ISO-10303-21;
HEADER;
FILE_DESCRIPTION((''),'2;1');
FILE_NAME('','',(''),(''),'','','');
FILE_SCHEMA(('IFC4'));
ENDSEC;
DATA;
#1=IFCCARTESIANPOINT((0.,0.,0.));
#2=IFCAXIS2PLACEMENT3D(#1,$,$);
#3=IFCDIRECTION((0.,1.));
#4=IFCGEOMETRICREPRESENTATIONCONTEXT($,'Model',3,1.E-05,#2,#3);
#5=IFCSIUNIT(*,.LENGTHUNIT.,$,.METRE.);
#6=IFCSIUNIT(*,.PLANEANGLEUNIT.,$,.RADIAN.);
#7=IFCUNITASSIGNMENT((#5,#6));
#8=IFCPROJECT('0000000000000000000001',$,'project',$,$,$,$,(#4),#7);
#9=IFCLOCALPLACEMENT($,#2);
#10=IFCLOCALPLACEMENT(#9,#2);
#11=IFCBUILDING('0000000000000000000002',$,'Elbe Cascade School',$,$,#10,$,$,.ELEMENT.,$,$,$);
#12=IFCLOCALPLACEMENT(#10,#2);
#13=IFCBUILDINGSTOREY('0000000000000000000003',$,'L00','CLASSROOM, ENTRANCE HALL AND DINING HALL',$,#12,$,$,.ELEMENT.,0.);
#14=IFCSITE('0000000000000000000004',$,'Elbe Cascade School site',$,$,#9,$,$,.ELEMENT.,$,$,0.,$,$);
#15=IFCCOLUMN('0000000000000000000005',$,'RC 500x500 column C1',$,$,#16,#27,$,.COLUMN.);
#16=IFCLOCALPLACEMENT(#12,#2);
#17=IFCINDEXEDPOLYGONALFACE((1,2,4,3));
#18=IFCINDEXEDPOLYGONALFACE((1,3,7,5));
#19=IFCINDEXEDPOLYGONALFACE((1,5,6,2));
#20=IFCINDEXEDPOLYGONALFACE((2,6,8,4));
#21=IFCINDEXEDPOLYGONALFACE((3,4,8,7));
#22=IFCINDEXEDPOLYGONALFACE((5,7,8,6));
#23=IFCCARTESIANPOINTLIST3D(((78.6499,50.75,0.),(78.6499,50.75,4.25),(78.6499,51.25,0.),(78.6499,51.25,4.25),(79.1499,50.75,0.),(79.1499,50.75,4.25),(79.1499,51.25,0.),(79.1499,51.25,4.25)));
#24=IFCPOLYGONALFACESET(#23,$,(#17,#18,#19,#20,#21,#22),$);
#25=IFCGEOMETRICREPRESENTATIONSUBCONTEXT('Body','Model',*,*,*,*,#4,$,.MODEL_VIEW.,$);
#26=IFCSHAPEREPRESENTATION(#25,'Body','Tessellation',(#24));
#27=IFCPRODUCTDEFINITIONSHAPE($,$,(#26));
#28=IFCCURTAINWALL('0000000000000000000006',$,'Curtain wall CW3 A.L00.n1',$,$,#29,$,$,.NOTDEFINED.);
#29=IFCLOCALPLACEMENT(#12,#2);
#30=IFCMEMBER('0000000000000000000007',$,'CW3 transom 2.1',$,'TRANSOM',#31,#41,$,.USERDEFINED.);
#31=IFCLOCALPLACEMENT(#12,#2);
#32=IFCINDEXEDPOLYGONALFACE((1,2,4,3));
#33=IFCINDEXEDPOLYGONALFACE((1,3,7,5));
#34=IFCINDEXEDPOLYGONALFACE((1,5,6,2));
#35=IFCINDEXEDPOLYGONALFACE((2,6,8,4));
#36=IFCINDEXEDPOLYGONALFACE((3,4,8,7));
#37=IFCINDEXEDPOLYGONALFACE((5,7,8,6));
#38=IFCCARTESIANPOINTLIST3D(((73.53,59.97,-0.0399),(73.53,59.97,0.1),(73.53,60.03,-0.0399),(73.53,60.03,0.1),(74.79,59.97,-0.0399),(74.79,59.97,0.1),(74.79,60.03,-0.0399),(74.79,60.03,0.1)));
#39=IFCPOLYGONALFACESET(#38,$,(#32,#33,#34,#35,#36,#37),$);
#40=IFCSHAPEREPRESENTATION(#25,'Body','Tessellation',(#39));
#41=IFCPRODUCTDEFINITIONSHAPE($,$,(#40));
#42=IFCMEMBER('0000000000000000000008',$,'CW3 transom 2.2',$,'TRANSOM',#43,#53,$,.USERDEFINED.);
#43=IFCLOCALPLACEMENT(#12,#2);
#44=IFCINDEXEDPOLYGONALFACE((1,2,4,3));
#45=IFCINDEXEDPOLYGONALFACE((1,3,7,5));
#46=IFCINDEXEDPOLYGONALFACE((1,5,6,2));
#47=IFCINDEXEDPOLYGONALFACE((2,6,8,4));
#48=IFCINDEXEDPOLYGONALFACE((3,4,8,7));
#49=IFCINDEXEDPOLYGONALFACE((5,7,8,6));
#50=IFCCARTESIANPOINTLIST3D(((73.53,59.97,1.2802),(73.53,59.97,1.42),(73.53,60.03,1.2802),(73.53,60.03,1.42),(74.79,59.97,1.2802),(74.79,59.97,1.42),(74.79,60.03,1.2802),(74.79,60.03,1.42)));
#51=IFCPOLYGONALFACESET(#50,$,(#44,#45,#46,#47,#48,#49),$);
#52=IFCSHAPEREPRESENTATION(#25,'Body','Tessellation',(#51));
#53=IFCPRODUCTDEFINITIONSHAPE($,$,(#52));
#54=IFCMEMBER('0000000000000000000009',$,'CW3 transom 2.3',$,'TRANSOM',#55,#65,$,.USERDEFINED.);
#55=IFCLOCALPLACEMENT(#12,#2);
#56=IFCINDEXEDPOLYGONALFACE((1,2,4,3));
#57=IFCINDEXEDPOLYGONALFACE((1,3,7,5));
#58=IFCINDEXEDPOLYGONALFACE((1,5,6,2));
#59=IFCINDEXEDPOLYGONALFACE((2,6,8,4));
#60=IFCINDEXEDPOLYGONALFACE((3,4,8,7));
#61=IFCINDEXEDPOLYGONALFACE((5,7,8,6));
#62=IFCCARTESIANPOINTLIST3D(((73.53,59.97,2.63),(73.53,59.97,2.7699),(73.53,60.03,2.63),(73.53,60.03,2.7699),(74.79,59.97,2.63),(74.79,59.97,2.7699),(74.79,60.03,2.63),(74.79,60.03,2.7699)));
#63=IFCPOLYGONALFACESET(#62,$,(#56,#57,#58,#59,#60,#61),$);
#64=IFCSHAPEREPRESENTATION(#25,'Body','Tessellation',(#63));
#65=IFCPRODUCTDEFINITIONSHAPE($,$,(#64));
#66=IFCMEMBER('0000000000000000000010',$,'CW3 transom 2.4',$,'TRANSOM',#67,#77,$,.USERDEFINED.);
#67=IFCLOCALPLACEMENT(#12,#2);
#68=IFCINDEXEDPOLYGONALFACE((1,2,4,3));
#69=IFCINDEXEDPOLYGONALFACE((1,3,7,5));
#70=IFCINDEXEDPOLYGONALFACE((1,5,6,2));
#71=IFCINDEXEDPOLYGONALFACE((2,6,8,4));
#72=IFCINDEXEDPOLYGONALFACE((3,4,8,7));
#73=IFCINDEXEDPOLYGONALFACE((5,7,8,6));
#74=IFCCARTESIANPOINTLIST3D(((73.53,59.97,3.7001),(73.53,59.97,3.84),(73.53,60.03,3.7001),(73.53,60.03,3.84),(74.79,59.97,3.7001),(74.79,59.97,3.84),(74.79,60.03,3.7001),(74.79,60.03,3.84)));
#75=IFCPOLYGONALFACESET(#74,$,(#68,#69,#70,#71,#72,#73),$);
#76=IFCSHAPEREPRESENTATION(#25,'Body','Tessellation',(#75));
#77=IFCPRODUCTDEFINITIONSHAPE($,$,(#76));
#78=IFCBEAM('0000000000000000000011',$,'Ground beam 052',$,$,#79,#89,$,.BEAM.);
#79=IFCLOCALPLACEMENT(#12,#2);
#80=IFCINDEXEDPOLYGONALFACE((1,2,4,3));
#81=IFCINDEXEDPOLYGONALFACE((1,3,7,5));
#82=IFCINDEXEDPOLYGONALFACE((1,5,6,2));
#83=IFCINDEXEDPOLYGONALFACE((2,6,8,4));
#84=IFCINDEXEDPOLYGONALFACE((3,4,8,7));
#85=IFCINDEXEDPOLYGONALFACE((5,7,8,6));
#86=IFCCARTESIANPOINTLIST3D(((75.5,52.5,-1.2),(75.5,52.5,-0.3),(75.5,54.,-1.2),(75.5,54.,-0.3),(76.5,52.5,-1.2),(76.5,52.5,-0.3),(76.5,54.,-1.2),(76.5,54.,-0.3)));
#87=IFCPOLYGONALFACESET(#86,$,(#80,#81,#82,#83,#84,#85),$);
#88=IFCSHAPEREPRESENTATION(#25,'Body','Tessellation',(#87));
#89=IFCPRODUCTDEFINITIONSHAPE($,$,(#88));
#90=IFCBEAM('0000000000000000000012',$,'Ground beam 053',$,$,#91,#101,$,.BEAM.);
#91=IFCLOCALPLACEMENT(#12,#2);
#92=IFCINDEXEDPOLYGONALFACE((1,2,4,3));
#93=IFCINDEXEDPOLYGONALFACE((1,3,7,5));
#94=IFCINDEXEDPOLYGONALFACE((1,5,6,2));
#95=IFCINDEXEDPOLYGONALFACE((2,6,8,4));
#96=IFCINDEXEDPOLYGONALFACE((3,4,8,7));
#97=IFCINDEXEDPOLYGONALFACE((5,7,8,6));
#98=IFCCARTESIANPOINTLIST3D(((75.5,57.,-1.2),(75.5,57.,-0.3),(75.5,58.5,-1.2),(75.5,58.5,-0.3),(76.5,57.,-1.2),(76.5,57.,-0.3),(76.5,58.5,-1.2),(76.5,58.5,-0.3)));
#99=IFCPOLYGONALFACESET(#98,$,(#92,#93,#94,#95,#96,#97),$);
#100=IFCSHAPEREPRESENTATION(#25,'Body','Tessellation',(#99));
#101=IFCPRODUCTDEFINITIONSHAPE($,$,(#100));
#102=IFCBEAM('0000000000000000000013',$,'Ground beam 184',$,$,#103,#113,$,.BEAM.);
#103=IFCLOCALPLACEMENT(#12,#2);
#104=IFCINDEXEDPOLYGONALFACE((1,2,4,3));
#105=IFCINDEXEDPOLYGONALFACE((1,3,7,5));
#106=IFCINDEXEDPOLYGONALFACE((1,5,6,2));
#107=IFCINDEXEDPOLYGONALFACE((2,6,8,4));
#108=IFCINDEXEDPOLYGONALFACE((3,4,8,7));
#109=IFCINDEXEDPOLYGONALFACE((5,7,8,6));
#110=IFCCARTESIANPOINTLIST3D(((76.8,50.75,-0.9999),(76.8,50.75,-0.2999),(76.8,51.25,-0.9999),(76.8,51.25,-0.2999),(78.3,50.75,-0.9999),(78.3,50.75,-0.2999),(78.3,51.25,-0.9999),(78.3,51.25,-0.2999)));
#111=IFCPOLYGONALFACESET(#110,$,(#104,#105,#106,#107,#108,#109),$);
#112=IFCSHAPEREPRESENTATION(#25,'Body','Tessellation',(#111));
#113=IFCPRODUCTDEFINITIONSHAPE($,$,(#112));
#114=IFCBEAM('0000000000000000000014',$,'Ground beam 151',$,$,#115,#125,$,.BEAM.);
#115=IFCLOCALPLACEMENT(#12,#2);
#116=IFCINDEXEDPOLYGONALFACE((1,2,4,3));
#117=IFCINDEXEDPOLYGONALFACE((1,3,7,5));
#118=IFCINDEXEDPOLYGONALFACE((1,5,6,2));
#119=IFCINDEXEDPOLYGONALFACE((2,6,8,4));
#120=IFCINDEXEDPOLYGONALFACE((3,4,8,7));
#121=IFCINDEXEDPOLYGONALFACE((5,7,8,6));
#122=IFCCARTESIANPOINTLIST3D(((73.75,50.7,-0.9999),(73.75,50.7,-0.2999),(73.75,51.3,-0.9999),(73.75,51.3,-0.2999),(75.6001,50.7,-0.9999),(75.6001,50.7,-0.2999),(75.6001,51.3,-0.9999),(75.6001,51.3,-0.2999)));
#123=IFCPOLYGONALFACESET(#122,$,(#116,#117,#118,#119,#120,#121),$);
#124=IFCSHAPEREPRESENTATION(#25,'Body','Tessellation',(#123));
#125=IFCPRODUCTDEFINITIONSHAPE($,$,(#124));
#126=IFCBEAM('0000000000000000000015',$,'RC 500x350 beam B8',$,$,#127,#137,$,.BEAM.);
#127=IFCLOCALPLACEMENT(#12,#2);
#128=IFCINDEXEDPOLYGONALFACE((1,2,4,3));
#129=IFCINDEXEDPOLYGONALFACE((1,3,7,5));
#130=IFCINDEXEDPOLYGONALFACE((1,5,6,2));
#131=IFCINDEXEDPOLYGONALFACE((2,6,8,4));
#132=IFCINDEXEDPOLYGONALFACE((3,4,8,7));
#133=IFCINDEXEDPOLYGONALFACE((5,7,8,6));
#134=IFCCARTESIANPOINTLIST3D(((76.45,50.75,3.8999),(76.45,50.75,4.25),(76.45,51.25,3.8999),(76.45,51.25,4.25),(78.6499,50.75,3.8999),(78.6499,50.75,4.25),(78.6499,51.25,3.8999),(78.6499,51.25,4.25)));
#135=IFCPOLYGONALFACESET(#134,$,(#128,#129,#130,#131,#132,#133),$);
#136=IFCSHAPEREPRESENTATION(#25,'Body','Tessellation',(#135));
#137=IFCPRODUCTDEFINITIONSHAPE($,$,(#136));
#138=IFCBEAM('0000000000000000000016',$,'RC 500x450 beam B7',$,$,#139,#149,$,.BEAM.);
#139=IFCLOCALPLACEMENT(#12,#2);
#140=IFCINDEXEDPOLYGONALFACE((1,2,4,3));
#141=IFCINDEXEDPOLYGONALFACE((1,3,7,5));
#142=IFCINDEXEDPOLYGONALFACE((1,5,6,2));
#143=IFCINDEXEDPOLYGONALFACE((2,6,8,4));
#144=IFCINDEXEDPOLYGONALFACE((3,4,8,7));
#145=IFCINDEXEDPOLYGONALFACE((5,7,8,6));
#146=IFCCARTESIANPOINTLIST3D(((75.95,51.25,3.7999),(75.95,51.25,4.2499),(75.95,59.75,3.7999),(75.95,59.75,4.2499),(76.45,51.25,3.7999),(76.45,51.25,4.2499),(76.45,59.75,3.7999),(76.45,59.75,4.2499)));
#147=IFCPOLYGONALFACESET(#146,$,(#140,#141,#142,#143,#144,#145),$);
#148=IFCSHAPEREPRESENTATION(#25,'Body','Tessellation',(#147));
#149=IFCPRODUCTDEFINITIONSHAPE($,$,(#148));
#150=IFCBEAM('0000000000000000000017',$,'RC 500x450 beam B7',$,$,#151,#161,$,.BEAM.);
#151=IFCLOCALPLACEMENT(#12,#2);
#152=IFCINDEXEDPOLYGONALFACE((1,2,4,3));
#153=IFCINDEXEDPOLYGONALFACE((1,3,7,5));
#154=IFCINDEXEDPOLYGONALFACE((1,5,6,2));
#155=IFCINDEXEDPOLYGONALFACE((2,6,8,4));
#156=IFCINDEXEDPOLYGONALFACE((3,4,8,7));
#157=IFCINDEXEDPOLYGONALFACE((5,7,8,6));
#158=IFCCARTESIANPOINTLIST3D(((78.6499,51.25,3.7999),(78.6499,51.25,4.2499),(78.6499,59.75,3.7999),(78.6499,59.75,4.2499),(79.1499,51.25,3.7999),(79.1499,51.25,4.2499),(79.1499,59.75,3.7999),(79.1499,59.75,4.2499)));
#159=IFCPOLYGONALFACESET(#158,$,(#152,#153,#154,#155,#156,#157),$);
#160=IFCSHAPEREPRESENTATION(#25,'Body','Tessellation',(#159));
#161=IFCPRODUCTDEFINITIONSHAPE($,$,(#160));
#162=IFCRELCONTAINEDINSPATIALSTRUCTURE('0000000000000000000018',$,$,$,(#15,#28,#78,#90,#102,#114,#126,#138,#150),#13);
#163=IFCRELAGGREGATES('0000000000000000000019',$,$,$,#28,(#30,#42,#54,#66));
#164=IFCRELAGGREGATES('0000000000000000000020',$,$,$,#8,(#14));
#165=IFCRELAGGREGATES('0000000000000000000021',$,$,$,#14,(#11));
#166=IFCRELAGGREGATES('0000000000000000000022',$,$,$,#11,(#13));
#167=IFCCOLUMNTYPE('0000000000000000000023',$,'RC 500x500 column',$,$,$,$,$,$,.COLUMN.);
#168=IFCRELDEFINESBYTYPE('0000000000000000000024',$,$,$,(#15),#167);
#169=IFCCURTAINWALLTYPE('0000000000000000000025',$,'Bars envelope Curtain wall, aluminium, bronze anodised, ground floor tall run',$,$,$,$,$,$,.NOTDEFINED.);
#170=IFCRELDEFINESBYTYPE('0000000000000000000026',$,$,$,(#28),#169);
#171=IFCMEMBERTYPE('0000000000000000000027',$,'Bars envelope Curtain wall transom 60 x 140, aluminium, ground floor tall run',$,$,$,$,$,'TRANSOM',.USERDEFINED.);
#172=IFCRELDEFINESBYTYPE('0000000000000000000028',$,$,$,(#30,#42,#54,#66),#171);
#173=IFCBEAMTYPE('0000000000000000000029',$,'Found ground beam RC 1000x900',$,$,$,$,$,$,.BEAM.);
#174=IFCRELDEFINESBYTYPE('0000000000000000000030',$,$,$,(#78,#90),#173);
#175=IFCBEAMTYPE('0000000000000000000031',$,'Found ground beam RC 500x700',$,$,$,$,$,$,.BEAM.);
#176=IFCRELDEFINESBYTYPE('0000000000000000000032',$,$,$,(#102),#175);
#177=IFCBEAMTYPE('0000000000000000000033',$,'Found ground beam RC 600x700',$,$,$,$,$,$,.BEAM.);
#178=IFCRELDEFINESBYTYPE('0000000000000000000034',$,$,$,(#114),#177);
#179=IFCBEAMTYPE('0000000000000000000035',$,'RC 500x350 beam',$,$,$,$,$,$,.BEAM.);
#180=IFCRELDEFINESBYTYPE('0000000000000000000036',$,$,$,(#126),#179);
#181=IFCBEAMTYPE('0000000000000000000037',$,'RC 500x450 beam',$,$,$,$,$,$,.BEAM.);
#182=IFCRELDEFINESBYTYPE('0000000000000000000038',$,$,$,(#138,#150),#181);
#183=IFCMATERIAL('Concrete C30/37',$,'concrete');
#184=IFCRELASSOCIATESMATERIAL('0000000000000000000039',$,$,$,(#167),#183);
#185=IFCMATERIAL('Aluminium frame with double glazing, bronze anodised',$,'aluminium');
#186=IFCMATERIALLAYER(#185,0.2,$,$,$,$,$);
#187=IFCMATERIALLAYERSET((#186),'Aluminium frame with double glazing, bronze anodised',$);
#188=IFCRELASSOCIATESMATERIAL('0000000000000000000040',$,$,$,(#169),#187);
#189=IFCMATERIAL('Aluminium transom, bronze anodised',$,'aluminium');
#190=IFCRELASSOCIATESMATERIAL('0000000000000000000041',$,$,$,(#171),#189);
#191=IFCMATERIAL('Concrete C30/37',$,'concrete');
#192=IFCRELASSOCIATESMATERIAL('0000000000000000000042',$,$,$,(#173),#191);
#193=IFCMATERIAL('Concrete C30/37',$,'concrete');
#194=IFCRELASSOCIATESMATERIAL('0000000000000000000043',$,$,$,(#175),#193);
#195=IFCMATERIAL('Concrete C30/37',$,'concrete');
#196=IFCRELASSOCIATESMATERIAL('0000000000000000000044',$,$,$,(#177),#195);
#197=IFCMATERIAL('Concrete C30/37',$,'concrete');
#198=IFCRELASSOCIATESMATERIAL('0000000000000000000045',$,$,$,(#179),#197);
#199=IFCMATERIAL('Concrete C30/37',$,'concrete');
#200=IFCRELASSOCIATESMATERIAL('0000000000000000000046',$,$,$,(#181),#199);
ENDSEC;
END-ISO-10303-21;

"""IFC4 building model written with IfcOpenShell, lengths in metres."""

from ifc_helpers import new_model, si_unit, direction, frame, origin, origin_2d, place, context, subcontext, project, spatial, rectangle, extrude, material, layer, layer_set, material_profile, profile_set, type_object, element, aggregate, save


model = new_model("IFC4")

# Units and contexts
model_context = context("Model", 3, precision=1e-05, world=origin(), true_north=direction((0.0, 1.0)))
body_context = subcontext(model_context, "Body", "Model", "MODEL_VIEW")
ifc_project = project(units=[si_unit("LENGTHUNIT", "METRE"), si_unit("PLANEANGLEUNIT", "RADIAN")], contexts=[model_context])

# Site, building, storey
site_placement = place(None, origin())
site = spatial("IfcSite", under=ifc_project, at=site_placement, Name="Elbe Cascade School site", CompositionType="ELEMENT", RefElevation=0.0)
building_placement = place(site_placement, origin())
building = spatial("IfcBuilding", under=site, at=building_placement, Name="Elbe Cascade School", CompositionType="ELEMENT")
storey_placement = place(building_placement, origin())
storey = spatial("IfcBuildingStorey", under=building, at=storey_placement, Name="L00", Description="CLASSROOM, ENTRANCE HALL AND DINING HALL", CompositionType="ELEMENT", Elevation=0.0)

# Column
ifc_material_1 = material(Name="Concrete C30/37", Category="concrete")
ifc_material_profile_1 = material_profile(ifc_material_1, rectangle(XDim=0.5, YDim=0.5, at=origin_2d()), Name="RC 500x500")
ifc_profile_set_1 = profile_set([ifc_material_profile_1], Name="Concrete C30/37")
column_type = type_object("IfcColumnType", Name="RC 500x500 column", PredefinedType="COLUMN", material=ifc_profile_set_1)
for number, where, z_axis, x_axis, name in (
    (1, (78.8999, 51.0, 0.0), (0.0, 0.0, 1.0), (1.0, 0.0, 0.0), "RC 500x500 column C1"),
):
    element("IfcColumn", number, at=place(storey_placement, frame(where, z_axis=z_axis, x_axis=x_axis)), inside=storey, type_object=column_type, Name=name, PredefinedType="COLUMN", context=body_context, shape_type="SweptSolid", body=[
        extrude(rectangle(XDim=0.5, YDim=0.5, at=origin_2d()), origin(), (0.0, 0.0, 1.0), 4.25),
    ])

# Curtain wall, members
ifc_material_2 = material(Name="Aluminium frame with double glazing, bronze anodised", Category="aluminium")
ifc_layer_1 = layer(ifc_material_2, 0.2)
ifc_layer_set_1 = layer_set([ifc_layer_1], Name="Aluminium frame with double glazing, bronze anodised")
curtain_wall_type = type_object("IfcCurtainWallType", Name="Bars envelope Curtain wall, aluminium, bronze anodised, ground floor tall run", PredefinedType="NOTDEFINED", material=ifc_layer_set_1)
curtain_wall_placement = place(storey_placement, origin())
curtain_wall = element("IfcCurtainWall", 2, at=curtain_wall_placement, inside=storey, type_object=curtain_wall_type, Name="Curtain wall CW3 A.L00.n1", PredefinedType="NOTDEFINED")
ifc_material_3 = material(Name="Aluminium transom, bronze anodised", Category="aluminium")
ifc_material_profile_2 = material_profile(ifc_material_3, rectangle(XDim=0.0601, YDim=0.1399, at=origin_2d()), Name="Bars envelope Curtain wall transom 60 x 140, aluminium, ground floor tall run")
ifc_profile_set_2 = profile_set([ifc_material_profile_2], Name="Aluminium transom, bronze anodised")
member_type = type_object("IfcMemberType", Name="Bars envelope Curtain wall transom 60 x 140, aluminium, ground floor tall run", ElementType="TRANSOM", PredefinedType="USERDEFINED", material=ifc_profile_set_2)
member_1_placement = place(storey_placement, frame((73.53, 60.0, 0.03), z_axis=(1.0, 0.0, 0.0), x_axis=(0.0, 1.0, 0.0)))
member_1 = element("IfcMember", 3, at=member_1_placement, type_object=member_type, Name="CW3 transom 2.1", ObjectType="TRANSOM", PredefinedType="USERDEFINED", context=body_context, shape_type="SweptSolid", body=[
    extrude(rectangle(XDim=0.0601, YDim=0.1399, at=origin_2d()), origin(), (0.0, 0.0, 1.0), 1.26),
])
member_2_placement = place(storey_placement, frame((73.53, 60.0, 1.3501), z_axis=(1.0, 0.0, 0.0), x_axis=(0.0, 1.0, 0.0)))
member_2 = element("IfcMember", 4, at=member_2_placement, type_object=member_type, Name="CW3 transom 2.2", ObjectType="TRANSOM", PredefinedType="USERDEFINED", context=body_context, shape_type="SweptSolid", body=[
    extrude(rectangle(XDim=0.0601, YDim=0.1399, at=origin_2d()), origin(), (0.0, 0.0, 1.0), 1.26),
])
member_3_placement = place(storey_placement, frame((73.53, 60.0, 2.7), z_axis=(1.0, 0.0, 0.0), x_axis=(0.0, 1.0, 0.0)))
member_3 = element("IfcMember", 5, at=member_3_placement, type_object=member_type, Name="CW3 transom 2.3", ObjectType="TRANSOM", PredefinedType="USERDEFINED", context=body_context, shape_type="SweptSolid", body=[
    extrude(rectangle(XDim=0.0601, YDim=0.1399, at=origin_2d()), origin(), (0.0, 0.0, 1.0), 1.26),
])
member_4_placement = place(storey_placement, frame((73.53, 60.0, 3.77), z_axis=(1.0, 0.0, 0.0), x_axis=(0.0, 1.0, 0.0)))
member_4 = element("IfcMember", 6, at=member_4_placement, type_object=member_type, Name="CW3 transom 2.4", ObjectType="TRANSOM", PredefinedType="USERDEFINED", context=body_context, shape_type="SweptSolid", body=[
    extrude(rectangle(XDim=0.0601, YDim=0.1399, at=origin_2d()), origin(), (0.0, 0.0, 1.0), 1.26),
])
aggregate(curtain_wall, [member_1, member_2, member_3, member_4])

# Beams
ifc_material_4 = material(Name="Concrete C30/37", Category="concrete")
ifc_material_profile_3 = material_profile(ifc_material_4, rectangle(XDim=1.0, YDim=0.8999, at=origin_2d()), Name="RC 1000x900")
ifc_profile_set_3 = profile_set([ifc_material_profile_3], Name="Concrete C30/37")
beam_type_1 = type_object("IfcBeamType", Name="Found ground beam RC 1000x900", PredefinedType="BEAM", material=ifc_profile_set_3)
for number, where, z_axis, x_axis, name in (
    (7, (76.0, 52.5, -0.75), (0.0, 1.0, 0.0), (-1.0, 0.0, 0.0), "Ground beam 052"),
    (8, (76.0, 57.0, -0.75), (0.0, 1.0, 0.0), (-1.0, 0.0, 0.0), "Ground beam 053"),
):
    element("IfcBeam", number, at=place(storey_placement, frame(where, z_axis=z_axis, x_axis=x_axis)), inside=storey, type_object=beam_type_1, Name=name, PredefinedType="BEAM", context=body_context, shape_type="SweptSolid", body=[
        extrude(rectangle(XDim=1.0, YDim=0.8999, at=origin_2d()), origin(), (0.0, 0.0, 1.0), 1.5),
    ])
ifc_material_5 = material(Name="Concrete C30/37", Category="concrete")
ifc_material_profile_4 = material_profile(ifc_material_5, rectangle(XDim=0.5, YDim=0.7, at=origin_2d()), Name="RC 500x700")
ifc_profile_set_4 = profile_set([ifc_material_profile_4], Name="Concrete C30/37")
beam_type_2 = type_object("IfcBeamType", Name="Found ground beam RC 500x700", PredefinedType="BEAM", material=ifc_profile_set_4)
beam_1_placement = place(storey_placement, frame((76.8, 51.0, -0.6499), z_axis=(1.0, 0.0, 0.0), x_axis=(0.0, 1.0, 0.0)))
element("IfcBeam", 9, at=beam_1_placement, inside=storey, type_object=beam_type_2, Name="Ground beam 184", PredefinedType="BEAM", context=body_context, shape_type="SweptSolid", body=[
    extrude(rectangle(XDim=0.5, YDim=0.7, at=origin_2d()), origin(), (0.0, 0.0, 1.0), 1.5),
])
ifc_material_6 = material(Name="Concrete C30/37", Category="concrete")
ifc_material_profile_5 = material_profile(ifc_material_6, rectangle(XDim=0.6001, YDim=0.7, at=origin_2d()), Name="RC 600x700")
ifc_profile_set_5 = profile_set([ifc_material_profile_5], Name="Concrete C30/37")
beam_type_3 = type_object("IfcBeamType", Name="Found ground beam RC 600x700", PredefinedType="BEAM", material=ifc_profile_set_5)
beam_2_placement = place(storey_placement, frame((73.75, 51.0, -0.6499), z_axis=(1.0, 0.0, 0.0), x_axis=(0.0, 1.0, 0.0)))
element("IfcBeam", 10, at=beam_2_placement, inside=storey, type_object=beam_type_3, Name="Ground beam 151", PredefinedType="BEAM", context=body_context, shape_type="SweptSolid", body=[
    extrude(rectangle(XDim=0.6001, YDim=0.7, at=origin_2d()), origin(), (0.0, 0.0, 1.0), 1.8501),
])
ifc_material_7 = material(Name="Concrete C30/37", Category="concrete")
ifc_material_profile_6 = material_profile(ifc_material_7, rectangle(XDim=0.5, YDim=0.3501, at=origin_2d()), Name="RC 500x350")
ifc_profile_set_6 = profile_set([ifc_material_profile_6], Name="Concrete C30/37")
beam_type_4 = type_object("IfcBeamType", Name="RC 500x350 beam", PredefinedType="BEAM", material=ifc_profile_set_6)
beam_3_placement = place(storey_placement, frame((76.45, 51.0, 4.075), z_axis=(1.0, 0.0, 0.0), x_axis=(0.0, 1.0, 0.0)))
element("IfcBeam", 11, at=beam_3_placement, inside=storey, type_object=beam_type_4, Name="RC 500x350 beam B8", PredefinedType="BEAM", context=body_context, shape_type="SweptSolid", body=[
    extrude(rectangle(XDim=0.5, YDim=0.3501, at=origin_2d()), origin(), (0.0, 0.0, 1.0), 2.2),
])
ifc_material_8 = material(Name="Concrete C30/37", Category="concrete")
ifc_material_profile_7 = material_profile(ifc_material_8, rectangle(XDim=0.5, YDim=0.45, at=origin_2d()), Name="RC 500x450")
ifc_profile_set_7 = profile_set([ifc_material_profile_7], Name="Concrete C30/37")
beam_type_5 = type_object("IfcBeamType", Name="RC 500x450 beam", PredefinedType="BEAM", material=ifc_profile_set_7)
for number, where, z_axis, x_axis, name in (
    (12, (76.2, 51.25, 4.0249), (0.0, 1.0, 0.0), (-1.0, 0.0, 0.0), "RC 500x450 beam B7"),
    (13, (78.8999, 51.25, 4.0249), (0.0, 1.0, 0.0), (-1.0, 0.0, 0.0), "RC 500x450 beam B7"),
):
    element("IfcBeam", number, at=place(storey_placement, frame(where, z_axis=z_axis, x_axis=x_axis)), inside=storey, type_object=beam_type_5, Name=name, PredefinedType="BEAM", context=body_context, shape_type="SweptSolid", body=[
        extrude(rectangle(XDim=0.5, YDim=0.45, at=origin_2d()), origin(), (0.0, 0.0, 1.0), 8.5),
    ])

save(model, "model.ifc")
